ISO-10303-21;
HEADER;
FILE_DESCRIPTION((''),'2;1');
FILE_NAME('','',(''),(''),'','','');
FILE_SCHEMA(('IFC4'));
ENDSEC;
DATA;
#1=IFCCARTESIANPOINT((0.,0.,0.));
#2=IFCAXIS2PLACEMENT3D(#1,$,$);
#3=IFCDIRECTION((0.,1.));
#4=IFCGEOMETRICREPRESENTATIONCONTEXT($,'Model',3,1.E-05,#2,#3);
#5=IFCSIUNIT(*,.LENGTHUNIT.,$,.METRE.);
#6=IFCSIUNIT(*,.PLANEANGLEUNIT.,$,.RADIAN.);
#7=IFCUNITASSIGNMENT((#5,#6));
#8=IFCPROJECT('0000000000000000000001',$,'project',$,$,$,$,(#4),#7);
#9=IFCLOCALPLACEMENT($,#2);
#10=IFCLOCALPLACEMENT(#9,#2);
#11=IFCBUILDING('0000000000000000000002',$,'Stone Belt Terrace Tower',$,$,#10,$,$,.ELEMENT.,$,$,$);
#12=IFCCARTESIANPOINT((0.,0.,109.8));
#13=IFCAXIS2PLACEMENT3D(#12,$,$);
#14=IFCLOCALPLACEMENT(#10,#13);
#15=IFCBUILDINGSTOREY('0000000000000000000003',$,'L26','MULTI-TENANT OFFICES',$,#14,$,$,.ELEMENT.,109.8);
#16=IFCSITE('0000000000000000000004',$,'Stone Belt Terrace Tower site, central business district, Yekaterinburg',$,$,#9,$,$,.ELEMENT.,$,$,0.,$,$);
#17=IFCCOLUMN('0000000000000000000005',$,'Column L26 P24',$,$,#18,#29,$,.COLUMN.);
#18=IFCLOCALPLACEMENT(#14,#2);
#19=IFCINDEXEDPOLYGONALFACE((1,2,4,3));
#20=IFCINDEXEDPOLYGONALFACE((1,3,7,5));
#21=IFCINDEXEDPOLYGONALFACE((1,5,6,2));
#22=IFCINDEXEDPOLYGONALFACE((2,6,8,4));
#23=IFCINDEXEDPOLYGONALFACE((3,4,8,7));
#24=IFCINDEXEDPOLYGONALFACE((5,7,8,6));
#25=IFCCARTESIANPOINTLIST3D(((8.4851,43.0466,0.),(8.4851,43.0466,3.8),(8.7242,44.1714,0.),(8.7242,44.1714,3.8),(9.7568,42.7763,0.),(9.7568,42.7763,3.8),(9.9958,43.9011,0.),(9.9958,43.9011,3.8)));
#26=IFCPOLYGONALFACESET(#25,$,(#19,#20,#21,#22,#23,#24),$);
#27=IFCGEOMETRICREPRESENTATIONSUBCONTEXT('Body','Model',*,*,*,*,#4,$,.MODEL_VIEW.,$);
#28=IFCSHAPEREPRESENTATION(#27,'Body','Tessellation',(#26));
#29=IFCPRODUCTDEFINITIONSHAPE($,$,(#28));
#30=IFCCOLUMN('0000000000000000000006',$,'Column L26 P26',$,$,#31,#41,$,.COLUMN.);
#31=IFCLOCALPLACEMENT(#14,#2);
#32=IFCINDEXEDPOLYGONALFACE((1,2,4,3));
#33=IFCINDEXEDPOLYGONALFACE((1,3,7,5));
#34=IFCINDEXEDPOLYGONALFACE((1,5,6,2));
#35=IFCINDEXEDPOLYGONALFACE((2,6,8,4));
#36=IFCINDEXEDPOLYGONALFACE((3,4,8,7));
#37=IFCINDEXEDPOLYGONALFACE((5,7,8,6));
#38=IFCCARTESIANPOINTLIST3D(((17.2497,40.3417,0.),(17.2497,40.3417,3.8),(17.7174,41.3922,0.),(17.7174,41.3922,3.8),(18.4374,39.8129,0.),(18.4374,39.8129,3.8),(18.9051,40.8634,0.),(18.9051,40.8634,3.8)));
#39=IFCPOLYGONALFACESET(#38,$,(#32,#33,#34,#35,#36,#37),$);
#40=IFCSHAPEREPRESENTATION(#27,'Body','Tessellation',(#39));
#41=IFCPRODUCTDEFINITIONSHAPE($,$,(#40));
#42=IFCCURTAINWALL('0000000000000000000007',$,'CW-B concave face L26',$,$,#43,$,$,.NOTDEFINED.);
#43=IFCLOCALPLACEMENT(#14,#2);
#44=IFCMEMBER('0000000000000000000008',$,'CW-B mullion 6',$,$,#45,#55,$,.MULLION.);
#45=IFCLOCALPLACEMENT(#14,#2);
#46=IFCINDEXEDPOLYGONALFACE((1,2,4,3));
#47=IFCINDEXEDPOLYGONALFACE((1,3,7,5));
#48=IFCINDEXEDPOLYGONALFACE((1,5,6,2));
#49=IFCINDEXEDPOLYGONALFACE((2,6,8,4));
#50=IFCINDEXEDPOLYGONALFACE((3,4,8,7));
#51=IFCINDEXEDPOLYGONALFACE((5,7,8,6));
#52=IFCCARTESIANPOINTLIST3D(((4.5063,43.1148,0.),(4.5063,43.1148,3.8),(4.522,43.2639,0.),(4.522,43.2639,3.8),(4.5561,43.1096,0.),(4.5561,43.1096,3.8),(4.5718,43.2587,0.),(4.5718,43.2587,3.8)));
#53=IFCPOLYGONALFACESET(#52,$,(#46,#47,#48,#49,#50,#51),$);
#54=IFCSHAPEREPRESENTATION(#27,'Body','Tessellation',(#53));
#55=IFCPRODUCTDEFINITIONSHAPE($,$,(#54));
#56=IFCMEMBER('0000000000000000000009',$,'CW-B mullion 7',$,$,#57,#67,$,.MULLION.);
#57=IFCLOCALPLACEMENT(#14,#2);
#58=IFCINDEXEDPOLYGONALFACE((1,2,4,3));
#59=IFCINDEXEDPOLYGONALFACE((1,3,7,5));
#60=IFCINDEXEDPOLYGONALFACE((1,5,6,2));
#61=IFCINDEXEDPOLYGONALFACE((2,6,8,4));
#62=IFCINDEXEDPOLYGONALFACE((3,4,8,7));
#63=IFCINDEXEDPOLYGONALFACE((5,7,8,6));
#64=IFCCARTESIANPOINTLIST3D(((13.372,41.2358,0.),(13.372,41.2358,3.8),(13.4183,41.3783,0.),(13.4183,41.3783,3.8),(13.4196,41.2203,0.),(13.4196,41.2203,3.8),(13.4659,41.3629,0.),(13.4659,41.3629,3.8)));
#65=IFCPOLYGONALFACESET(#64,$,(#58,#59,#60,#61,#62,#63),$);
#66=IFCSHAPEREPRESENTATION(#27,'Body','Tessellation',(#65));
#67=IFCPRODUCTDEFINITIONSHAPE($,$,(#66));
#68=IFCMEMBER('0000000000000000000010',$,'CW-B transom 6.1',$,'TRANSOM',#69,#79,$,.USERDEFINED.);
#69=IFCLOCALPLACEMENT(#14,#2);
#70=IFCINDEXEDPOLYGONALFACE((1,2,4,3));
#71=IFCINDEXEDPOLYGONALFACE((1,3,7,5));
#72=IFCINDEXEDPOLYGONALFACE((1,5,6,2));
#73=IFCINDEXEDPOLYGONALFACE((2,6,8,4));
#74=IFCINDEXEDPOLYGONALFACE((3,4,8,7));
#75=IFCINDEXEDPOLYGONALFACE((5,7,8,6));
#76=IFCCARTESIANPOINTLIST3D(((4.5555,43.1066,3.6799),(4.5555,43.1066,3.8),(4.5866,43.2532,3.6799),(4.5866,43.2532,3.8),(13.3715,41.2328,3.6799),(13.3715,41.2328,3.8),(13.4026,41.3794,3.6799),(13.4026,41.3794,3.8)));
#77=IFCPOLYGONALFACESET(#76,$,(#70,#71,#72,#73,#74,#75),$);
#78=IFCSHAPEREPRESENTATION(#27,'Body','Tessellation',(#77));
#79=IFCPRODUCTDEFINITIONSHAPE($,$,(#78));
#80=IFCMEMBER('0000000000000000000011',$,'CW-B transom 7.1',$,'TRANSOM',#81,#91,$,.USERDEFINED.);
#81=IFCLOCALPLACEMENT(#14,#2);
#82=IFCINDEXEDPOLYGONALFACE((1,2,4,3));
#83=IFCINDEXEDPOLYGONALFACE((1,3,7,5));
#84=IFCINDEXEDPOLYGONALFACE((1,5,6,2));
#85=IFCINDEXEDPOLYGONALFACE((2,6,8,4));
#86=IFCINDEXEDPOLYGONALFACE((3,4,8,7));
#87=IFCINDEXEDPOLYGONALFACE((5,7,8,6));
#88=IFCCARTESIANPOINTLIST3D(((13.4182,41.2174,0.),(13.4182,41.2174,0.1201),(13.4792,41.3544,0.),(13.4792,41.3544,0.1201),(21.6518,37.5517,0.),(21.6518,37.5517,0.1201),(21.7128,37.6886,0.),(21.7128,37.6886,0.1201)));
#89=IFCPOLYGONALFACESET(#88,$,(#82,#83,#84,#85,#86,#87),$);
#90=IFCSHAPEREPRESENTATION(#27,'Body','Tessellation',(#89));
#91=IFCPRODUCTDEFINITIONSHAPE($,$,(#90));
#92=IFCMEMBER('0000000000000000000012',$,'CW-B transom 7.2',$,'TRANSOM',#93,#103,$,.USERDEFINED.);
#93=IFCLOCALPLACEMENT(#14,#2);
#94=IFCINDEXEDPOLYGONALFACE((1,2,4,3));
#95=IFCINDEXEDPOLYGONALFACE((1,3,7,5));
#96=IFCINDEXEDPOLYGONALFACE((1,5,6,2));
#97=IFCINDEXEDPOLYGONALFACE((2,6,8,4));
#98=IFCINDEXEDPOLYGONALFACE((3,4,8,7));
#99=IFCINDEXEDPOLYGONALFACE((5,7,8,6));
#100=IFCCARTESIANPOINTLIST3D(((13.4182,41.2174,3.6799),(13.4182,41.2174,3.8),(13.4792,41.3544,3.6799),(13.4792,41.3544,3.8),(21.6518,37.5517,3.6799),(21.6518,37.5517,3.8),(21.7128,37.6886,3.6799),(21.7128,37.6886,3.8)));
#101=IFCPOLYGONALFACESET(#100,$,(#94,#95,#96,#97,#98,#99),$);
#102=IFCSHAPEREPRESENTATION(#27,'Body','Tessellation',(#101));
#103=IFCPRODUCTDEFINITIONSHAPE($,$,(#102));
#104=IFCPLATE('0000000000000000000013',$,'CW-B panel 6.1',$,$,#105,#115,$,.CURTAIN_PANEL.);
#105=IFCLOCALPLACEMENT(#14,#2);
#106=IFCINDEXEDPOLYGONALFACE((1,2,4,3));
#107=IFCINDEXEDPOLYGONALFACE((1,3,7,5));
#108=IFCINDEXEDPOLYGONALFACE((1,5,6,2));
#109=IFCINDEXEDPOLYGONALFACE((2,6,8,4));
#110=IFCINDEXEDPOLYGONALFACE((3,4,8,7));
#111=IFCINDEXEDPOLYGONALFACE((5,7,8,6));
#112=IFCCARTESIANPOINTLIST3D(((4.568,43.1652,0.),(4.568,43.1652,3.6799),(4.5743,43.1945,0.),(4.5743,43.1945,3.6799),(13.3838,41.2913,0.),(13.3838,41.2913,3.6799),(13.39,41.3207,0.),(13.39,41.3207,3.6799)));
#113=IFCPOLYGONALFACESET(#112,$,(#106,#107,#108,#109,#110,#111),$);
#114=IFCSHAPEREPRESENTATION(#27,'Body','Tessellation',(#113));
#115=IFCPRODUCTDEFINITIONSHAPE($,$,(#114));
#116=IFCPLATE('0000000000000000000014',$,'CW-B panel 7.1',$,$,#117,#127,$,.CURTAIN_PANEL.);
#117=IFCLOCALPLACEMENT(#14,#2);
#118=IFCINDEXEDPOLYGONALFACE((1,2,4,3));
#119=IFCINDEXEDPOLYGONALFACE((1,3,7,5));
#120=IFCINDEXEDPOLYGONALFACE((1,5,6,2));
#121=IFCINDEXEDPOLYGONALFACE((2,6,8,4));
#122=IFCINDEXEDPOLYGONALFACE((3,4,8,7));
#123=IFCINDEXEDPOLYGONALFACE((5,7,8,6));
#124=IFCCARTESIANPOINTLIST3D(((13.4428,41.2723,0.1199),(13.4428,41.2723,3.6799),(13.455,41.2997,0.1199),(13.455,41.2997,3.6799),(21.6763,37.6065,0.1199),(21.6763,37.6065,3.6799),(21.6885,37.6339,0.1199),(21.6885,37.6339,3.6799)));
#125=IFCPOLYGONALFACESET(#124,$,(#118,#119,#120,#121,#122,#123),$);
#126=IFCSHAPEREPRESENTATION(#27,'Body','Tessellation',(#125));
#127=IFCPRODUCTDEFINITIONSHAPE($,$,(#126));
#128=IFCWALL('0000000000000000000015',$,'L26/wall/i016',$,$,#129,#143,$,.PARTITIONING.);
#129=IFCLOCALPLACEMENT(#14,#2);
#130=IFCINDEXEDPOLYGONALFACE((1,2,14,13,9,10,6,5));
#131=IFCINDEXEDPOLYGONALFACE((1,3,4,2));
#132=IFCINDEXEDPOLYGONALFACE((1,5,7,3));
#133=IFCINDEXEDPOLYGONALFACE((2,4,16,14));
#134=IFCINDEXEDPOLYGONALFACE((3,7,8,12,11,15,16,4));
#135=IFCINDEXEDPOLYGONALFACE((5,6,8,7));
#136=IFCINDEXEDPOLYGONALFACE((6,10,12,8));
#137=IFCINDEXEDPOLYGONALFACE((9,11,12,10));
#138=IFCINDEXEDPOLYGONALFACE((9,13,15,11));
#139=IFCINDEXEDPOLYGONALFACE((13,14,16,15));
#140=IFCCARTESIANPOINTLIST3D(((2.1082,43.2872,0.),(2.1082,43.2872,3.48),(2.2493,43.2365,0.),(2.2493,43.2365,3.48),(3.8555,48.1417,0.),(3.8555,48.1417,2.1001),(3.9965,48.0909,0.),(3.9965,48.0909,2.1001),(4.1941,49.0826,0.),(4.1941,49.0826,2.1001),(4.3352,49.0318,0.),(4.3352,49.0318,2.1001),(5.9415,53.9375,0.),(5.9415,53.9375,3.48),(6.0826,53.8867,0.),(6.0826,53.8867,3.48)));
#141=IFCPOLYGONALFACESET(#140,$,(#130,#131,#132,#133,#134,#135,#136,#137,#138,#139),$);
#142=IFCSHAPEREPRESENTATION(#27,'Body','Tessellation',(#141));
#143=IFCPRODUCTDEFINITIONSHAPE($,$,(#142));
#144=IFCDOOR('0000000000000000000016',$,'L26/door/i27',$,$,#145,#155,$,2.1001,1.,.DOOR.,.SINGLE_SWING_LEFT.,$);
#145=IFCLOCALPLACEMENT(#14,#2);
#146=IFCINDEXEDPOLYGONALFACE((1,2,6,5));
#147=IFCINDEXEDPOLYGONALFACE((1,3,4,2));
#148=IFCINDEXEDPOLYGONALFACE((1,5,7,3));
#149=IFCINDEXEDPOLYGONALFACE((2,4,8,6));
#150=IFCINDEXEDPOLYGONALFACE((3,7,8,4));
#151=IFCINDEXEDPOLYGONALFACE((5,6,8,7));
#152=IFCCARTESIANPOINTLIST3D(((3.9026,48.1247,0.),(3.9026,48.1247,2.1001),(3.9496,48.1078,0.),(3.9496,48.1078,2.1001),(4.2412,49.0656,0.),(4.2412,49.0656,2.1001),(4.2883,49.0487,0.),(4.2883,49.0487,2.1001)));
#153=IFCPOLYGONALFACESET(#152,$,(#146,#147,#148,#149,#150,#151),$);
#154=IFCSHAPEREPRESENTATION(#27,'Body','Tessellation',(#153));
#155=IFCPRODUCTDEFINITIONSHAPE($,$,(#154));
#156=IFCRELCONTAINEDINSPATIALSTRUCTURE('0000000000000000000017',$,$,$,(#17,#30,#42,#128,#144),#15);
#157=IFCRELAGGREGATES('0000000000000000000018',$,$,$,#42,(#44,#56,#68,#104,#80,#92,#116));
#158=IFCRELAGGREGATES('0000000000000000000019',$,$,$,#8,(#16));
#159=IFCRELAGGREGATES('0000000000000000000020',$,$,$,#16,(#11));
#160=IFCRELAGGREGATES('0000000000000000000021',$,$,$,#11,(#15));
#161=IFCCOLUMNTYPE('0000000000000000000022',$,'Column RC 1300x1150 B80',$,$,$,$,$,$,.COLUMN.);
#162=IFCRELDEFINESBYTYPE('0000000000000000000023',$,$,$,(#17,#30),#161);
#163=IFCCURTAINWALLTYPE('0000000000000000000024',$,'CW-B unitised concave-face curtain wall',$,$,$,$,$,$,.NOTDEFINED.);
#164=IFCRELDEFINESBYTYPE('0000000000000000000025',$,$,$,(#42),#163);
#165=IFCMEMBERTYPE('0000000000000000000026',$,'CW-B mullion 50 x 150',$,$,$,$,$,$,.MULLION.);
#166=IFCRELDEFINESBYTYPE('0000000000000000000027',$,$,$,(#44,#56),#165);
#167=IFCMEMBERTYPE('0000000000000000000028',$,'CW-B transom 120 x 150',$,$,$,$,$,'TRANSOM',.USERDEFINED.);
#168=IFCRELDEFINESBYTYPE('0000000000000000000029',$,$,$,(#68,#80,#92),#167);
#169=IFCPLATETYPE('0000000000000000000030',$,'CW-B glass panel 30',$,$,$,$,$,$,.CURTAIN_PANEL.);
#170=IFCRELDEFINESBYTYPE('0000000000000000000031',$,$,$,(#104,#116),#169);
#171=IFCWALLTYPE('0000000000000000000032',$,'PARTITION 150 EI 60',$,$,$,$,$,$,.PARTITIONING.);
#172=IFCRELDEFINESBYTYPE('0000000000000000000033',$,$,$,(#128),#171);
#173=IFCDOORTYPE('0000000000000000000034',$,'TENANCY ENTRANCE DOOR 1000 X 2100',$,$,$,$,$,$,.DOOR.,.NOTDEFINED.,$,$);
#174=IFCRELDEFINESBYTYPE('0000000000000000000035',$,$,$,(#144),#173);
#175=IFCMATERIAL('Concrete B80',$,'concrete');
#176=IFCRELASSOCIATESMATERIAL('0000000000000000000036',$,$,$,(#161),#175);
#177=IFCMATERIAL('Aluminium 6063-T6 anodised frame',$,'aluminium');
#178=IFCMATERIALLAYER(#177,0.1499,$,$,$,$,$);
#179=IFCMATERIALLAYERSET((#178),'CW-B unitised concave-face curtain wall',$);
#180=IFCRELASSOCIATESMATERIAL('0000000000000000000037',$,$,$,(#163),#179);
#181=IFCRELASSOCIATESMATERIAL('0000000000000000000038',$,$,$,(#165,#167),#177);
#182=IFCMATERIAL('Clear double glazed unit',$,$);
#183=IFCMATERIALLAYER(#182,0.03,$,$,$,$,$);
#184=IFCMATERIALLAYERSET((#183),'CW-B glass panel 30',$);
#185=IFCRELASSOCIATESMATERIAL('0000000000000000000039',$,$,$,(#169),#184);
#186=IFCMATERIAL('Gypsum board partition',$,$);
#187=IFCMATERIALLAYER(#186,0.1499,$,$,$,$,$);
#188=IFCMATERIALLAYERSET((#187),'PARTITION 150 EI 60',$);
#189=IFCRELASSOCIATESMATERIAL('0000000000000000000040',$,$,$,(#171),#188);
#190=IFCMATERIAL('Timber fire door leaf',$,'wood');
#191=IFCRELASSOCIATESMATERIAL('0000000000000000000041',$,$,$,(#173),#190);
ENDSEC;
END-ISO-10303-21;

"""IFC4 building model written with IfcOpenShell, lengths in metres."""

from ifc_helpers import new_model, si_unit, direction, frame, frame_2d, origin, origin_2d, place, context, subcontext, project, spatial, rectangle, extrude, material, layer, layer_set, material_profile, profile_set, type_object, element, fill, aggregate, save


model = new_model("IFC4")

# Units and contexts
model_context = context("Model", 3, precision=1e-05, world=origin(), true_north=direction((0.0, 1.0)))
body_context = subcontext(model_context, "Body", "Model", "MODEL_VIEW")
ifc_project = project(units=[si_unit("LENGTHUNIT", "METRE"), si_unit("PLANEANGLEUNIT", "RADIAN")], contexts=[model_context])

# Site, building, storey
site_placement = place(None, origin())
site = spatial("IfcSite", under=ifc_project, at=site_placement, Name="Stone Belt Terrace Tower site, central business district, Yekaterinburg", CompositionType="ELEMENT", RefElevation=0.0)
building_placement = place(site_placement, origin())
building = spatial("IfcBuilding", under=site, at=building_placement, Name="Stone Belt Terrace Tower", CompositionType="ELEMENT")
storey_placement = place(building_placement, frame((0.0, 0.0, 109.8)))
storey = spatial("IfcBuildingStorey", under=building, at=storey_placement, Name="L26", Description="MULTI-TENANT OFFICES", CompositionType="ELEMENT", Elevation=109.8)

# Columns
ifc_material_1 = material(Name="Concrete B80", Category="concrete")
ifc_material_profile_1 = material_profile(ifc_material_1, rectangle(XDim=1.3, YDim=1.1499, at=origin_2d()), Name="RC 1300x1150")
ifc_profile_set_1 = profile_set([ifc_material_profile_1], Name="Concrete B80")
column_type = type_object("IfcColumnType", Name="Column RC 1300x1150 B80", PredefinedType="COLUMN", material=ifc_profile_set_1)
for number, where, z_axis, x_axis, name in (
    (1, (9.2405, 43.4739, 0.0), (0.0, 0.0, 1.0), (0.978148, -0.207912, 0.0), "Column L26 P24"),
    (2, (18.0774, 40.6025, 0.0), (0.0, 0.0, 1.0), (0.913545, -0.406737, 0.0), "Column L26 P26"),
):
    element("IfcColumn", number, at=place(storey_placement, frame(where, z_axis=z_axis, x_axis=x_axis)), inside=storey, type_object=column_type, Name=name, PredefinedType="COLUMN", context=body_context, shape_type="SweptSolid", body=[
        extrude(rectangle(XDim=1.3, YDim=1.1499, at=origin_2d()), origin(), (0.0, 0.0, 1.0), 3.8),
    ])

# Curtain wall, members, plates
ifc_material_2 = material(Name="Aluminium 6063-T6 anodised frame", Category="aluminium")
ifc_layer_1 = layer(ifc_material_2, 0.1499)
ifc_layer_set_1 = layer_set([ifc_layer_1], Name="CW-B unitised concave-face curtain wall")
curtain_wall_type = type_object("IfcCurtainWallType", Name="CW-B unitised concave-face curtain wall", PredefinedType="NOTDEFINED", material=ifc_layer_set_1)
curtain_wall_placement = place(storey_placement, origin())
curtain_wall = element("IfcCurtainWall", 3, at=curtain_wall_placement, inside=storey, type_object=curtain_wall_type, Name="CW-B concave face L26", PredefinedType="NOTDEFINED")
ifc_material_profile_2 = material_profile(ifc_material_2, rectangle(XDim=0.1499, YDim=0.05, at=origin_2d()), Name="Aluminium 6063-T6 50x150")
ifc_profile_set_2 = profile_set([ifc_material_profile_2], Name="Aluminium 6063-T6 anodised frame")
member_type_1 = type_object("IfcMemberType", Name="CW-B mullion 50 x 150", PredefinedType="MULLION", material=ifc_profile_set_2)
member_1_placement = place(storey_placement, frame((4.5391, 43.1868, 0.0), z_axis=(0.0, 0.0, 1.0), x_axis=(0.104528, 0.994522, 0.0)))
member_1 = element("IfcMember", 4, at=member_1_placement, type_object=member_type_1, Name="CW-B mullion 6", PredefinedType="MULLION", context=body_context, shape_type="SweptSolid", body=[
    extrude(rectangle(XDim=0.1499, YDim=0.05, at=origin_2d()), origin(), (0.0, 0.0, 1.0), 3.8),
])
member_2_placement = place(storey_placement, frame((13.4189, 41.2993, 0.0), z_axis=(0.0, 0.0, 1.0), x_axis=(0.309017, 0.951057, 0.0)))
member_2 = element("IfcMember", 5, at=member_2_placement, type_object=member_type_1, Name="CW-B mullion 7", PredefinedType="MULLION", context=body_context, shape_type="SweptSolid", body=[
    extrude(rectangle(XDim=0.1499, YDim=0.05, at=origin_2d()), origin(), (0.0, 0.0, 1.0), 3.8),
])
ifc_material_profile_3 = material_profile(ifc_material_2, rectangle(XDim=0.1499, YDim=0.1201, at=origin_2d()), Name="Aluminium 6063-T6 150x120")
ifc_profile_set_3 = profile_set([ifc_material_profile_3], Name="Aluminium 6063-T6 anodised frame")
member_type_2 = type_object("IfcMemberType", Name="CW-B transom 120 x 150", ElementType="TRANSOM", PredefinedType="USERDEFINED", material=ifc_profile_set_3)
member_3_placement = place(storey_placement, frame((4.571, 43.1799, 3.74), z_axis=(0.97815, -0.207901, 0.0), x_axis=(0.207901, 0.97815, 0.0)))
member_3 = element("IfcMember", 6, at=member_3_placement, type_object=member_type_2, Name="CW-B transom 6.1", ObjectType="TRANSOM", PredefinedType="USERDEFINED", context=body_context, shape_type="SweptSolid", body=[
    extrude(rectangle(XDim=0.1499, YDim=0.1201, at=origin_2d()), origin(), (0.0, 0.0, 1.0), 9.0129),
])
member_4_placement = place(storey_placement, frame((13.4487, 41.2859, 0.0601), z_axis=(0.913549, -0.406729, 0.0), x_axis=(0.406729, 0.913549, 0.0)))
member_4 = element("IfcMember", 7, at=member_4_placement, type_object=member_type_2, Name="CW-B transom 7.1", ObjectType="TRANSOM", PredefinedType="USERDEFINED", context=body_context, shape_type="SweptSolid", body=[
    extrude(rectangle(XDim=0.1499, YDim=0.1201, at=origin_2d()), origin(), (0.0, 0.0, 1.0), 9.0127),
])
member_5_placement = place(storey_placement, frame((13.4487, 41.2859, 3.74), z_axis=(0.913549, -0.406729, 0.0), x_axis=(0.406729, 0.913549, 0.0)))
member_5 = element("IfcMember", 8, at=member_5_placement, type_object=member_type_2, Name="CW-B transom 7.2", ObjectType="TRANSOM", PredefinedType="USERDEFINED", context=body_context, shape_type="SweptSolid", body=[
    extrude(rectangle(XDim=0.1499, YDim=0.1201, at=origin_2d()), origin(), (0.0, 0.0, 1.0), 9.0127),
])
ifc_material_3 = material(Name="Clear double glazed unit")
ifc_layer_2 = layer(ifc_material_3, 0.03)
ifc_layer_set_2 = layer_set([ifc_layer_2], Name="CW-B glass panel 30")
plate_type = type_object("IfcPlateType", Name="CW-B glass panel 30", PredefinedType="CURTAIN_PANEL", material=ifc_layer_set_2)
plate_1_placement = place(storey_placement, frame((8.979, 42.2429, 0.0), z_axis=(0.0, 0.0, 1.0), x_axis=(0.978148, -0.207912, 0.0)))
plate_1 = element("IfcPlate", 9, at=plate_1_placement, type_object=plate_type, Name="CW-B panel 6.1", PredefinedType="CURTAIN_PANEL", context=body_context, shape_type="SweptSolid", body=[
    extrude(rectangle(XDim=9.0127, YDim=0.03, at=origin_2d()), origin(), (0.0, 0.0, 1.0), 3.6799),
])
plate_2_placement = place(storey_placement, frame((17.5657, 39.4531, 0.1199), z_axis=(0.0, 0.0, 1.0), x_axis=(0.913545, -0.406737, 0.0)))
plate_2 = element("IfcPlate", 10, at=plate_2_placement, type_object=plate_type, Name="CW-B panel 7.1", PredefinedType="CURTAIN_PANEL", context=body_context, shape_type="SweptSolid", body=[
    extrude(rectangle(XDim=9.0127, YDim=0.03, at=origin_2d()), origin(), (0.0, 0.0, 1.0), 3.5601),
])
aggregate(curtain_wall, [member_1, member_2, member_3, plate_1, member_4, member_5, plate_2])

# Wall, opening, door
ifc_material_4 = material(Name="Gypsum board partition")
ifc_layer_3 = layer(ifc_material_4, 0.1499)
ifc_layer_set_3 = layer_set([ifc_layer_3], Name="PARTITION 150 EI 60")
wall_type_1 = type_object("IfcWallType", Name="PARTITION 150 EI 60", PredefinedType="PARTITIONING", material=ifc_layer_set_3)
wall_1_placement = place(storey_placement, frame((2.1787, 43.2617, 0.0), z_axis=(0.0, 0.0, 1.0), x_axis=(0.338657, 0.94091, 0.0)))
wall_1 = element("IfcWall", 11, at=wall_1_placement, inside=storey, type_object=wall_type_1, Name="L26/wall/i016", PredefinedType="PARTITIONING", context=body_context, shape_type="SweptSolid", body=[
    extrude(rectangle(XDim=11.3191, YDim=0.1499, at=frame_2d((5.6597, 0.0))), origin(), (0.0, 0.0, 1.0), 3.48),
])
opening_1_placement = place(wall_1_placement, frame((5.1594, 0.0, 0.0)))
opening_1 = element("IfcOpeningElement", 12, at=opening_1_placement, cuts=wall_1, PredefinedType="OPENING", context=body_context, shape_type="SweptSolid", body=[
    extrude(rectangle(XDim=1.0, YDim=2.1001, at=frame_2d((0.5, 1.05))), frame((0.0, 0.085, 0.0), z_axis=(0.0, -1.0, 0.0), x_axis=(1.0, 0.0, 0.0)), (0.0, 0.0, 1.0), 0.1699),
])
ifc_material_5 = material(Name="Timber fire door leaf", Category="wood")
door_type_1 = type_object("IfcDoorType", Name="TENANCY ENTRANCE DOOR 1000 X 2100", OperationType="NOTDEFINED", PredefinedType="DOOR", material=ifc_material_5)
door_1_placement = place(opening_1_placement, origin())
door_1 = element("IfcDoor", 13, at=door_1_placement, inside=storey, type_object=door_type_1, Name="L26/door/i27", OperationType="SINGLE_SWING_LEFT", OverallHeight=2.1001, OverallWidth=1.0, PredefinedType="DOOR", context=body_context, shape_type="SweptSolid", body=[
    extrude(rectangle(XDim=1.0, YDim=2.1001, at=frame_2d((0.5, 1.05))), frame((0.0, 0.0249, 0.0), z_axis=(0.0, -1.0, 0.0), x_axis=(1.0, 0.0, 0.0)), (0.0, 0.0, 1.0), 0.05),
])
fill(opening_1, door_1)

save(model, "model.ifc")
